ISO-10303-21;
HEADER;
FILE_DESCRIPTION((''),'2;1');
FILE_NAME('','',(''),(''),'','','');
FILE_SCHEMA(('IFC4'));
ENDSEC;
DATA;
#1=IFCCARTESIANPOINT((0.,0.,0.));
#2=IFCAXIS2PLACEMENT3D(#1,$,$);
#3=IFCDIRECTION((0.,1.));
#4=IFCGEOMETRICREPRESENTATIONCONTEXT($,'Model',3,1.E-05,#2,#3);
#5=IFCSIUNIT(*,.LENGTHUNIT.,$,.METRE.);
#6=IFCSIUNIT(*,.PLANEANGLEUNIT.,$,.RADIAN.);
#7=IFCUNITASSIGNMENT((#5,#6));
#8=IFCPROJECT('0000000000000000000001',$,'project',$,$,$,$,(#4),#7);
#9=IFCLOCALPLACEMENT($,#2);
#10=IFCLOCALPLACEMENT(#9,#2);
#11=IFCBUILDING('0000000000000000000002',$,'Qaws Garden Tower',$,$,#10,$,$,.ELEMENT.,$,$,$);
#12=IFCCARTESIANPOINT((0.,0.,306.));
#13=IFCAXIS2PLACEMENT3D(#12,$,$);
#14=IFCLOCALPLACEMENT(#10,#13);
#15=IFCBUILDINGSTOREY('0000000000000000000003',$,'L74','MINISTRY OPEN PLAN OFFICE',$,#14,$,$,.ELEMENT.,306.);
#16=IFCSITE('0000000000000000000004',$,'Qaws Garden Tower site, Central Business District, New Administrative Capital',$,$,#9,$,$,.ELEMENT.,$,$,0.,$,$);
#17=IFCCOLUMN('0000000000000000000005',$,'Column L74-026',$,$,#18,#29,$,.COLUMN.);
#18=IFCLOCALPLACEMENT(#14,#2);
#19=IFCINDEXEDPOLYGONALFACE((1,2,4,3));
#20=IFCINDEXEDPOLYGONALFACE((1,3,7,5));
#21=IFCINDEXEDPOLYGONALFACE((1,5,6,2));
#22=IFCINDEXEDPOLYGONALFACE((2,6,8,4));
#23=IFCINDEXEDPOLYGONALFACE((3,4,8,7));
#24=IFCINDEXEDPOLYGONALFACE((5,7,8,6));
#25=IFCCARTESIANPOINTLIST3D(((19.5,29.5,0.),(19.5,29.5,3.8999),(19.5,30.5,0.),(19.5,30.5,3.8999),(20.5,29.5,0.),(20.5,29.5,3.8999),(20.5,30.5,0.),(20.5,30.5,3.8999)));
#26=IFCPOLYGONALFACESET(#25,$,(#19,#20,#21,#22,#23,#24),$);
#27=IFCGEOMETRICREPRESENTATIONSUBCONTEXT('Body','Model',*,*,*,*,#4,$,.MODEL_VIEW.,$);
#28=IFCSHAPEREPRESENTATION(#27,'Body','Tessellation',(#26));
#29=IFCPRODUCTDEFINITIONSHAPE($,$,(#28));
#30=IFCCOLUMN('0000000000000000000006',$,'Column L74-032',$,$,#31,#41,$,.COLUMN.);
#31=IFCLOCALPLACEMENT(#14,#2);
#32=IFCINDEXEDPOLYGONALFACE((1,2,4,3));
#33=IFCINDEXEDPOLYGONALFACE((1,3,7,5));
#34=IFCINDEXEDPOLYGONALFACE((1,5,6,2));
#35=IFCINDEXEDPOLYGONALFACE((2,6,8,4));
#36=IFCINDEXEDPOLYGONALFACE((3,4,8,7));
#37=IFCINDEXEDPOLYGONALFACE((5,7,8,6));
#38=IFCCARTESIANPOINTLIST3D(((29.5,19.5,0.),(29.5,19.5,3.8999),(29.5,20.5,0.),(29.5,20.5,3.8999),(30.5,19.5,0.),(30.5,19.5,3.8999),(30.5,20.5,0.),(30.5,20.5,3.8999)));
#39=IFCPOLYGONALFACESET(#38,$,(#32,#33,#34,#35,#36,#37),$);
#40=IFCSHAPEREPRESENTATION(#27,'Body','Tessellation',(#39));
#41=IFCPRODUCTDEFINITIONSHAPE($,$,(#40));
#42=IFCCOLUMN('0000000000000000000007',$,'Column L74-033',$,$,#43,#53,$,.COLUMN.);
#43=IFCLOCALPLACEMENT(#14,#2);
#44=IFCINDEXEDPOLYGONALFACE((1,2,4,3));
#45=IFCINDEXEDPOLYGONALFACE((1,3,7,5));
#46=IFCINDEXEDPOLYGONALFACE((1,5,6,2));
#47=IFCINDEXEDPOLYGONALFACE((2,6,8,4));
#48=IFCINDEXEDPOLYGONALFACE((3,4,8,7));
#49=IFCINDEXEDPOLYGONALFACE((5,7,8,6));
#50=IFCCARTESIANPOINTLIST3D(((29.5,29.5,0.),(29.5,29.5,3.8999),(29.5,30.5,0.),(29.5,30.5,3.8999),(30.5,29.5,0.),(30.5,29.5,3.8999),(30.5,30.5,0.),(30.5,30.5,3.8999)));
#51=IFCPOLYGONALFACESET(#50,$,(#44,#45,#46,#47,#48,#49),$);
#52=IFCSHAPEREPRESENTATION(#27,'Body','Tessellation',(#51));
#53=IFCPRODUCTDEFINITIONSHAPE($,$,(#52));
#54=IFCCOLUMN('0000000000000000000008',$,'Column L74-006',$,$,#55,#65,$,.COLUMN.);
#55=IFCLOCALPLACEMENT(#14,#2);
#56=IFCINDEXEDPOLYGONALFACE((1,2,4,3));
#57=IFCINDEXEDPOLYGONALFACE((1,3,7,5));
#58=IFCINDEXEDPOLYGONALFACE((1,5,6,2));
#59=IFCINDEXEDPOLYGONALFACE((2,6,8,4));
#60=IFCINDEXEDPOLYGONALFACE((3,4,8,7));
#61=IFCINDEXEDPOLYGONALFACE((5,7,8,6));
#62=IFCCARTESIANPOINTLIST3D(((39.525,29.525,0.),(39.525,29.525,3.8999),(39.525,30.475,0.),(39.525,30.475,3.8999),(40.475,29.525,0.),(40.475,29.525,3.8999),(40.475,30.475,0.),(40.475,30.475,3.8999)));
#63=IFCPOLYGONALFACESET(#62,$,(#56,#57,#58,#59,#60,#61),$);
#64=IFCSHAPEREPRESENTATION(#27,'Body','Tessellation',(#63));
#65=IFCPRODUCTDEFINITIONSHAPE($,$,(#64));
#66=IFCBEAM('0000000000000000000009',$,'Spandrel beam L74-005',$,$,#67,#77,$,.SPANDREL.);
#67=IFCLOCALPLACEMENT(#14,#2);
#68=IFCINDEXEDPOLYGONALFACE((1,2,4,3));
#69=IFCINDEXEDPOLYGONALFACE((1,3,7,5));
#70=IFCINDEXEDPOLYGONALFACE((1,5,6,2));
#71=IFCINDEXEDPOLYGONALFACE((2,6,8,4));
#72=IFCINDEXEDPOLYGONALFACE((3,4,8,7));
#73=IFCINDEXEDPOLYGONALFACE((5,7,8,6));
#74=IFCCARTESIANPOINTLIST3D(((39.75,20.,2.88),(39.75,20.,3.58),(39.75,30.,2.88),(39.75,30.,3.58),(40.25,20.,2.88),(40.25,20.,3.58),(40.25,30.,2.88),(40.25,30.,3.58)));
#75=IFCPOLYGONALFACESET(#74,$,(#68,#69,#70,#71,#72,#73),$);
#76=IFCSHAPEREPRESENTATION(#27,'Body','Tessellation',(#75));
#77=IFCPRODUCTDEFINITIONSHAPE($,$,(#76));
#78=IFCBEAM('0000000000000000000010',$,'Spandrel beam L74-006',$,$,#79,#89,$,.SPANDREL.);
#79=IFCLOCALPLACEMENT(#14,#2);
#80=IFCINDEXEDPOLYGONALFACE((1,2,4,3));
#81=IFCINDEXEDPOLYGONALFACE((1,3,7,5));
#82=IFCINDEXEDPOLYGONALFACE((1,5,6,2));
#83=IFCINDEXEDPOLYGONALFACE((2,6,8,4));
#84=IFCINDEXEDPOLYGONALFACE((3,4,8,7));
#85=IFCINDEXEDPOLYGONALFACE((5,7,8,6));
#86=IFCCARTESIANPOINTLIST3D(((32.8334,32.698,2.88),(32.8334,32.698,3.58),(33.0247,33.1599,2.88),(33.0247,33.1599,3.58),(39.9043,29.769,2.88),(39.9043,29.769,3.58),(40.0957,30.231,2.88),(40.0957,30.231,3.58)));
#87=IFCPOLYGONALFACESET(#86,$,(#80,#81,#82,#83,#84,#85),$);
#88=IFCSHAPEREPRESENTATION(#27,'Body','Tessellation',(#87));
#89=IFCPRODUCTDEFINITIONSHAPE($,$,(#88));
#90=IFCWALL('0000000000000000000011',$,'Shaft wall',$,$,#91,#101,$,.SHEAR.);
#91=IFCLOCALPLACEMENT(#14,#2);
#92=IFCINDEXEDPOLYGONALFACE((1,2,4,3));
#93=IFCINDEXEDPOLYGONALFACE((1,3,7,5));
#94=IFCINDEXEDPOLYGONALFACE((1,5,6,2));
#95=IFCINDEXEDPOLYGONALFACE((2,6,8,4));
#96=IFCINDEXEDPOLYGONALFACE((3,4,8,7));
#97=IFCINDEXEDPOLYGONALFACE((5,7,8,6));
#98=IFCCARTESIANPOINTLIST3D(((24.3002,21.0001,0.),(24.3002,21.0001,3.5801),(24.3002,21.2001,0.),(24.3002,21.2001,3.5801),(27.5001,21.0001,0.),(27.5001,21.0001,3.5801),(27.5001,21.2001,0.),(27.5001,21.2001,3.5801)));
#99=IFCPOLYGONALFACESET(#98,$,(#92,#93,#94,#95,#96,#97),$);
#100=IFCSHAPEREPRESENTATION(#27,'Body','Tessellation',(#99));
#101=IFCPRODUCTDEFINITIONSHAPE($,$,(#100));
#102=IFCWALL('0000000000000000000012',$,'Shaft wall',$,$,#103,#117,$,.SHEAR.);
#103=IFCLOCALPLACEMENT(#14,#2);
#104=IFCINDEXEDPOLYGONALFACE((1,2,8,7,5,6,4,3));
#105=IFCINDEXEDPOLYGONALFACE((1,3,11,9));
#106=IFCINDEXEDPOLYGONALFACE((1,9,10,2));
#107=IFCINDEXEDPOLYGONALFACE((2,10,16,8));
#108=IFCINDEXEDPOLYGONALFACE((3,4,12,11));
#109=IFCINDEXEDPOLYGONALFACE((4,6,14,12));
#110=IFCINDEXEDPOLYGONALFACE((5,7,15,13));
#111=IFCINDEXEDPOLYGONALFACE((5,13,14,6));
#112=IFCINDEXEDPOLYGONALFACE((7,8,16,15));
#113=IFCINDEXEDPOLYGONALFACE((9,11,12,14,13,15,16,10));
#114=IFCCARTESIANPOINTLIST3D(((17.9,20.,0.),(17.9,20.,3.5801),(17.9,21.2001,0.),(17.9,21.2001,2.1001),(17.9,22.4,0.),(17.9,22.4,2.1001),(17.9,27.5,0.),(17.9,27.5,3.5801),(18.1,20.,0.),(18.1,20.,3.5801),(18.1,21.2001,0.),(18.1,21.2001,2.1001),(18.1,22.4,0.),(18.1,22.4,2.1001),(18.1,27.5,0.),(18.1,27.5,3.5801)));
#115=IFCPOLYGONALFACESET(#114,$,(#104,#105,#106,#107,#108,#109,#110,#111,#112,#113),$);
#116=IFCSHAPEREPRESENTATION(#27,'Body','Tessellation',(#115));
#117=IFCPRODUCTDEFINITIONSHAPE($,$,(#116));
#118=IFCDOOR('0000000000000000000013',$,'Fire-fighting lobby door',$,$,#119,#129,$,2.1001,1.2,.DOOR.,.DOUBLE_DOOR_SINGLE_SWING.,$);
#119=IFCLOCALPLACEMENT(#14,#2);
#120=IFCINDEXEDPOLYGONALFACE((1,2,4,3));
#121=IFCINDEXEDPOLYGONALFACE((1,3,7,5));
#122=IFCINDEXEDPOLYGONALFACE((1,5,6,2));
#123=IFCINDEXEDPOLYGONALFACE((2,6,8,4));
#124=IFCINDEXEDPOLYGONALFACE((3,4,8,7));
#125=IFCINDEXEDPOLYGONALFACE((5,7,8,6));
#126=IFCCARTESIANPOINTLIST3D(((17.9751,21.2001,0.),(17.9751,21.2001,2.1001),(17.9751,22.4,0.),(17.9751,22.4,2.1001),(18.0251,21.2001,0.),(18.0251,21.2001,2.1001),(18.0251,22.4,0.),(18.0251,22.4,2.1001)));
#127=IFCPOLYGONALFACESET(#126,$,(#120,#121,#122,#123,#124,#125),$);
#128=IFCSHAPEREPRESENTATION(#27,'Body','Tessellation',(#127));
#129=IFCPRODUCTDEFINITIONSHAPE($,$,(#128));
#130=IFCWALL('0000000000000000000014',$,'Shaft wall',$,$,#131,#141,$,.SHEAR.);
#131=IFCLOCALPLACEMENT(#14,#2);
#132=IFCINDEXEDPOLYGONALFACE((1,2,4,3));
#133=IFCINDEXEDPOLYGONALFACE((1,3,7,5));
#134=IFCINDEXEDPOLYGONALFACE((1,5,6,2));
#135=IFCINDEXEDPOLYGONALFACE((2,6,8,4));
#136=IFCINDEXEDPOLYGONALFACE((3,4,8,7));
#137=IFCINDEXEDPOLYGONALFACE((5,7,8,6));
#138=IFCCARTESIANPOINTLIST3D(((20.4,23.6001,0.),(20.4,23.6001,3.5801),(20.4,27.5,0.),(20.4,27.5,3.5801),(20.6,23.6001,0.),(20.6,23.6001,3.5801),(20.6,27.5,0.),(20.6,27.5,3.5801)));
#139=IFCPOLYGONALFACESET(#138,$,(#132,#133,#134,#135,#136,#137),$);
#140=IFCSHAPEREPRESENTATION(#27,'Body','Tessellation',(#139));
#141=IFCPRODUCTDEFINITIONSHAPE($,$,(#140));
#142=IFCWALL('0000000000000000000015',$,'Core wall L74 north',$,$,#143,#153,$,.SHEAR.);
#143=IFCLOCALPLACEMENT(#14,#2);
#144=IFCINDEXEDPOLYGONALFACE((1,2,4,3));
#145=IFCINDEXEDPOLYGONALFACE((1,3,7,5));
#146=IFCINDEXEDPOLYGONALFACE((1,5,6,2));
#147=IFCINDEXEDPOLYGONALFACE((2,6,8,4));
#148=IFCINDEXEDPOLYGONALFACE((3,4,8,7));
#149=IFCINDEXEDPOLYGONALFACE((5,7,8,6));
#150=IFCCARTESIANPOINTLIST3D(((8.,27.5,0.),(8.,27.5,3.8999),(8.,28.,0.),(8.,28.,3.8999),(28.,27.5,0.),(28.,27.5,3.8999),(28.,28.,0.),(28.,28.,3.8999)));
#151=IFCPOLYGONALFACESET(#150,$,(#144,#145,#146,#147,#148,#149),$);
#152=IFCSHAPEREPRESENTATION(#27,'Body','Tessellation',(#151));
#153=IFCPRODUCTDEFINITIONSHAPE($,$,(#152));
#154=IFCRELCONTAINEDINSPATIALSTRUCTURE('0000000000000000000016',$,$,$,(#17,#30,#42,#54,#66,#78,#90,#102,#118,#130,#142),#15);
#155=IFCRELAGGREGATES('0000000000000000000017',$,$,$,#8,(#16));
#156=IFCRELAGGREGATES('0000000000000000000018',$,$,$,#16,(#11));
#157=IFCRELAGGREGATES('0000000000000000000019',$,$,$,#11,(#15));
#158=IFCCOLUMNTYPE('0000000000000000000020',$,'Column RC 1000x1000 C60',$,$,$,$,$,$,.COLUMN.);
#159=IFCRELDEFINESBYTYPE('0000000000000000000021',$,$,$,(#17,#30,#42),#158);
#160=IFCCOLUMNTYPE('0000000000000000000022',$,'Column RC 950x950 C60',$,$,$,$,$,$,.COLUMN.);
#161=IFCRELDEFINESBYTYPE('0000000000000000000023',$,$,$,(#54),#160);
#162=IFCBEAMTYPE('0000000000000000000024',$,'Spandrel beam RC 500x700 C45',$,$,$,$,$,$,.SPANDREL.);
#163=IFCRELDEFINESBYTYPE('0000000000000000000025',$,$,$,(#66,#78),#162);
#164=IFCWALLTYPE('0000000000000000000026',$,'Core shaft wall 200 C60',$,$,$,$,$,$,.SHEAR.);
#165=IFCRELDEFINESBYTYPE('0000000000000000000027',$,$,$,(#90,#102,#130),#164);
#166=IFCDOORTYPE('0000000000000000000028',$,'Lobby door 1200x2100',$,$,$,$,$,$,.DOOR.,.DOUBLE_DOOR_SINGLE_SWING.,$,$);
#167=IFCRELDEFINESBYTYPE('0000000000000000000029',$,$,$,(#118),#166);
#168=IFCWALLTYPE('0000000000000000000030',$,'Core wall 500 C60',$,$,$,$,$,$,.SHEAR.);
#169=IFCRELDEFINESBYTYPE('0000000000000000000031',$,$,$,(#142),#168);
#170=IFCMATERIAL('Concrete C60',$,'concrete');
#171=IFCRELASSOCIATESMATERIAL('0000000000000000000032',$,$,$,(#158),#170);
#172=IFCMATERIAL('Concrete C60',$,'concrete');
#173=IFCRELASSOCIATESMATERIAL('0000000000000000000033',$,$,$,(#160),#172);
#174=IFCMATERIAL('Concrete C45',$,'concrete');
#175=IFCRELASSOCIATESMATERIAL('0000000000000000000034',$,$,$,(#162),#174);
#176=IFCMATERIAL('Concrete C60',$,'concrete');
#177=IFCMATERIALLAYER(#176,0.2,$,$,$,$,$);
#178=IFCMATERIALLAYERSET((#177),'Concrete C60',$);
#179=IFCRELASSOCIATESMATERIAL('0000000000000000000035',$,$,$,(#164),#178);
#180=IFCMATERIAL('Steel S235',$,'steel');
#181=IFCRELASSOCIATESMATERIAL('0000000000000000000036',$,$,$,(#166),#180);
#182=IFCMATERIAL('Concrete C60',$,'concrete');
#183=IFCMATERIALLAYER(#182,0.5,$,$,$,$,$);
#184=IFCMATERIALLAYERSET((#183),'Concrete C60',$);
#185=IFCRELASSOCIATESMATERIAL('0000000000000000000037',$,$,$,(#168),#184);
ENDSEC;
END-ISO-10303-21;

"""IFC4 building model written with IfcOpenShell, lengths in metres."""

from ifc_helpers import new_model, si_unit, direction, frame, frame_2d, origin, origin_2d, place, context, subcontext, project, spatial, rectangle, extrude, material, layer, layer_set, material_profile, profile_set, type_object, element, fill, save


model = new_model("IFC4")

# Units and contexts
model_context = context("Model", 3, precision=1e-05, world=origin(), true_north=direction((0.0, 1.0)))
body_context = subcontext(model_context, "Body", "Model", "MODEL_VIEW")
ifc_project = project(units=[si_unit("LENGTHUNIT", "METRE"), si_unit("PLANEANGLEUNIT", "RADIAN")], contexts=[model_context])

# Site, building, storey
site_placement = place(None, origin())
site = spatial("IfcSite", under=ifc_project, at=site_placement, Name="Qaws Garden Tower site, Central Business District, New Administrative Capital", CompositionType="ELEMENT", RefElevation=0.0)
building_placement = place(site_placement, origin())
building = spatial("IfcBuilding", under=site, at=building_placement, Name="Qaws Garden Tower", CompositionType="ELEMENT")
storey_placement = place(building_placement, frame((0.0, 0.0, 306.0)))
storey = spatial("IfcBuildingStorey", under=building, at=storey_placement, Name="L74", Description="MINISTRY OPEN PLAN OFFICE", CompositionType="ELEMENT", Elevation=306.0)

# Columns
ifc_material_1 = material(Name="Concrete C60", Category="concrete")
ifc_material_profile_1 = material_profile(ifc_material_1, rectangle(XDim=1.0, YDim=1.0, at=origin_2d()), Name="RC 1000x1000")
ifc_profile_set_1 = profile_set([ifc_material_profile_1], Name="Concrete C60")
column_type_1 = type_object("IfcColumnType", Name="Column RC 1000x1000 C60", PredefinedType="COLUMN", material=ifc_profile_set_1)
for number, where, z_axis, x_axis, name in (
    (1, (20.0, 30.0, 0.0), (0.0, 0.0, 1.0), (1.0, 0.0, 0.0), "Column L74-026"),
    (2, (30.0, 20.0, 0.0), (0.0, 0.0, 1.0), (1.0, 0.0, 0.0), "Column L74-032"),
    (3, (30.0, 30.0, 0.0), (0.0, 0.0, 1.0), (1.0, 0.0, 0.0), "Column L74-033"),
):
    element("IfcColumn", number, at=place(storey_placement, frame(where, z_axis=z_axis, x_axis=x_axis)), inside=storey, type_object=column_type_1, Name=name, PredefinedType="COLUMN", context=body_context, shape_type="SweptSolid", body=[
        extrude(rectangle(XDim=1.0, YDim=1.0, at=origin_2d()), origin(), (0.0, 0.0, 1.0), 3.8999),
    ])
ifc_material_2 = material(Name="Concrete C60", Category="concrete")
ifc_material_profile_2 = material_profile(ifc_material_2, rectangle(XDim=0.95, YDim=0.95, at=origin_2d()), Name="RC 950x950")
ifc_profile_set_2 = profile_set([ifc_material_profile_2], Name="Concrete C60")
column_type_2 = type_object("IfcColumnType", Name="Column RC 950x950 C60", PredefinedType="COLUMN", material=ifc_profile_set_2)
column_placement = place(storey_placement, frame((40.0, 30.0, 0.0), z_axis=(0.0, 0.0, 1.0), x_axis=(1.0, 0.0, 0.0)))
element("IfcColumn", 4, at=column_placement, inside=storey, type_object=column_type_2, Name="Column L74-006", PredefinedType="COLUMN", context=body_context, shape_type="SweptSolid", body=[
    extrude(rectangle(XDim=0.95, YDim=0.95, at=origin_2d()), origin(), (0.0, 0.0, 1.0), 3.8999),
])

# Beams
ifc_material_3 = material(Name="Concrete C45", Category="concrete")
ifc_material_profile_3 = material_profile(ifc_material_3, rectangle(XDim=0.5, YDim=0.7, at=origin_2d()), Name="RC 500x700")
ifc_profile_set_3 = profile_set([ifc_material_profile_3], Name="Concrete C45")
beam_type = type_object("IfcBeamType", Name="Spandrel beam RC 500x700 C45", PredefinedType="SPANDREL", material=ifc_profile_set_3)
beam_1_placement = place(storey_placement, frame((40.0, 20.0, 3.23), z_axis=(0.0, 1.0, 0.0), x_axis=(-1.0, 0.0, 0.0)))
element("IfcBeam", 5, at=beam_1_placement, inside=storey, type_object=beam_type, Name="Spandrel beam L74-005", PredefinedType="SPANDREL", context=body_context, shape_type="SweptSolid", body=[
    extrude(rectangle(XDim=0.5, YDim=0.7, at=origin_2d()), origin(), (0.0, 0.0, 1.0), 10.0),
])
beam_2_placement = place(storey_placement, frame((40.0, 30.0, 3.23), z_axis=(-0.923878, 0.382687, 0.0), x_axis=(-0.382687, -0.923878, 0.0)))
element("IfcBeam", 6, at=beam_2_placement, inside=storey, type_object=beam_type, Name="Spandrel beam L74-006", PredefinedType="SPANDREL", context=body_context, shape_type="SweptSolid", body=[
    extrude(rectangle(XDim=0.5, YDim=0.7, at=origin_2d()), origin(), (0.0, 0.0, 1.0), 7.6536),
])

# Wall
ifc_material_4 = material(Name="Concrete C60", Category="concrete")
ifc_layer_1 = layer(ifc_material_4, 0.2)
ifc_layer_set_1 = layer_set([ifc_layer_1], Name="Concrete C60")
wall_type_1 = type_object("IfcWallType", Name="Core shaft wall 200 C60", PredefinedType="SHEAR", material=ifc_layer_set_1)
wall_1_placement = place(storey_placement, frame((24.3, 21.1001, 0.0), z_axis=(0.0, 0.0, 1.0), x_axis=(1.0, 0.0, 0.0)))
element("IfcWall", 7, at=wall_1_placement, inside=storey, type_object=wall_type_1, Name="Shaft wall", PredefinedType="SHEAR", context=body_context, shape_type="SweptSolid", body=[
    extrude(rectangle(XDim=3.2, YDim=0.2, at=frame_2d((1.6001, 0.0))), origin(), (0.0, 0.0, 1.0), 3.5801),
])

# Wall, opening, door
wall_2_placement = place(storey_placement, frame((18.0, 20.0, 0.0), z_axis=(0.0, 0.0, 1.0), x_axis=(0.0, 1.0, 0.0)))
wall_2 = element("IfcWall", 8, at=wall_2_placement, inside=storey, type_object=wall_type_1, Name="Shaft wall", PredefinedType="SHEAR", context=body_context, shape_type="SweptSolid", body=[
    extrude(rectangle(XDim=7.5, YDim=0.2, at=frame_2d((3.75, 0.0))), origin(), (0.0, 0.0, 1.0), 3.5801),
])
opening_1_placement = place(wall_2_placement, frame((1.2, 0.0, 0.0)))
opening_1 = element("IfcOpeningElement", 9, at=opening_1_placement, cuts=wall_2, PredefinedType="OPENING", context=body_context, shape_type="SweptSolid", body=[
    extrude(rectangle(XDim=1.2, YDim=2.1001, at=frame_2d((0.6001, 1.05))), frame((0.0, 0.1099, 0.0), z_axis=(0.0, -1.0, 0.0), x_axis=(1.0, 0.0, 0.0)), (0.0, 0.0, 1.0), 0.22),
])
ifc_material_5 = material(Name="Steel S235", Category="steel")
door_type_1 = type_object("IfcDoorType", Name="Lobby door 1200x2100", OperationType="DOUBLE_DOOR_SINGLE_SWING", PredefinedType="DOOR", material=ifc_material_5)
door_1_placement = place(opening_1_placement, origin())
door_1 = element("IfcDoor", 10, at=door_1_placement, inside=storey, type_object=door_type_1, Name="Fire-fighting lobby door", OperationType="DOUBLE_DOOR_SINGLE_SWING", OverallHeight=2.1001, OverallWidth=1.2, PredefinedType="DOOR", context=body_context, shape_type="SweptSolid", body=[
    extrude(rectangle(XDim=1.2, YDim=2.1001, at=frame_2d((0.6001, 1.05))), frame((0.0, 0.0249, 0.0), z_axis=(0.0, -1.0, 0.0), x_axis=(1.0, 0.0, 0.0)), (0.0, 0.0, 1.0), 0.05),
])
fill(opening_1, door_1)

# Walls
wall_3_placement = place(storey_placement, frame((20.5, 23.6001, 0.0), z_axis=(0.0, 0.0, 1.0), x_axis=(0.0, 1.0, 0.0)))
element("IfcWall", 11, at=wall_3_placement, inside=storey, type_object=wall_type_1, Name="Shaft wall", PredefinedType="SHEAR", context=body_context, shape_type="SweptSolid", body=[
    extrude(rectangle(XDim=3.8999, YDim=0.2, at=frame_2d((1.95, 0.0))), origin(), (0.0, 0.0, 1.0), 3.5801),
])
ifc_material_6 = material(Name="Concrete C60", Category="concrete")
ifc_layer_2 = layer(ifc_material_6, 0.5)
ifc_layer_set_2 = layer_set([ifc_layer_2], Name="Concrete C60")
wall_type_2 = type_object("IfcWallType", Name="Core wall 500 C60", PredefinedType="SHEAR", material=ifc_layer_set_2)
wall_4_placement = place(storey_placement, frame((28.0, 27.75, 0.0), z_axis=(0.0, 0.0, 1.0), x_axis=(-1.0, 0.0, 0.0)))
element("IfcWall", 12, at=wall_4_placement, inside=storey, type_object=wall_type_2, Name="Core wall L74 north", PredefinedType="SHEAR", context=body_context, shape_type="SweptSolid", body=[
    extrude(rectangle(XDim=20.0, YDim=0.5, at=frame_2d((10.0, 0.0))), origin(), (0.0, 0.0, 1.0), 3.8999),
])

save(model, "model.ifc")
